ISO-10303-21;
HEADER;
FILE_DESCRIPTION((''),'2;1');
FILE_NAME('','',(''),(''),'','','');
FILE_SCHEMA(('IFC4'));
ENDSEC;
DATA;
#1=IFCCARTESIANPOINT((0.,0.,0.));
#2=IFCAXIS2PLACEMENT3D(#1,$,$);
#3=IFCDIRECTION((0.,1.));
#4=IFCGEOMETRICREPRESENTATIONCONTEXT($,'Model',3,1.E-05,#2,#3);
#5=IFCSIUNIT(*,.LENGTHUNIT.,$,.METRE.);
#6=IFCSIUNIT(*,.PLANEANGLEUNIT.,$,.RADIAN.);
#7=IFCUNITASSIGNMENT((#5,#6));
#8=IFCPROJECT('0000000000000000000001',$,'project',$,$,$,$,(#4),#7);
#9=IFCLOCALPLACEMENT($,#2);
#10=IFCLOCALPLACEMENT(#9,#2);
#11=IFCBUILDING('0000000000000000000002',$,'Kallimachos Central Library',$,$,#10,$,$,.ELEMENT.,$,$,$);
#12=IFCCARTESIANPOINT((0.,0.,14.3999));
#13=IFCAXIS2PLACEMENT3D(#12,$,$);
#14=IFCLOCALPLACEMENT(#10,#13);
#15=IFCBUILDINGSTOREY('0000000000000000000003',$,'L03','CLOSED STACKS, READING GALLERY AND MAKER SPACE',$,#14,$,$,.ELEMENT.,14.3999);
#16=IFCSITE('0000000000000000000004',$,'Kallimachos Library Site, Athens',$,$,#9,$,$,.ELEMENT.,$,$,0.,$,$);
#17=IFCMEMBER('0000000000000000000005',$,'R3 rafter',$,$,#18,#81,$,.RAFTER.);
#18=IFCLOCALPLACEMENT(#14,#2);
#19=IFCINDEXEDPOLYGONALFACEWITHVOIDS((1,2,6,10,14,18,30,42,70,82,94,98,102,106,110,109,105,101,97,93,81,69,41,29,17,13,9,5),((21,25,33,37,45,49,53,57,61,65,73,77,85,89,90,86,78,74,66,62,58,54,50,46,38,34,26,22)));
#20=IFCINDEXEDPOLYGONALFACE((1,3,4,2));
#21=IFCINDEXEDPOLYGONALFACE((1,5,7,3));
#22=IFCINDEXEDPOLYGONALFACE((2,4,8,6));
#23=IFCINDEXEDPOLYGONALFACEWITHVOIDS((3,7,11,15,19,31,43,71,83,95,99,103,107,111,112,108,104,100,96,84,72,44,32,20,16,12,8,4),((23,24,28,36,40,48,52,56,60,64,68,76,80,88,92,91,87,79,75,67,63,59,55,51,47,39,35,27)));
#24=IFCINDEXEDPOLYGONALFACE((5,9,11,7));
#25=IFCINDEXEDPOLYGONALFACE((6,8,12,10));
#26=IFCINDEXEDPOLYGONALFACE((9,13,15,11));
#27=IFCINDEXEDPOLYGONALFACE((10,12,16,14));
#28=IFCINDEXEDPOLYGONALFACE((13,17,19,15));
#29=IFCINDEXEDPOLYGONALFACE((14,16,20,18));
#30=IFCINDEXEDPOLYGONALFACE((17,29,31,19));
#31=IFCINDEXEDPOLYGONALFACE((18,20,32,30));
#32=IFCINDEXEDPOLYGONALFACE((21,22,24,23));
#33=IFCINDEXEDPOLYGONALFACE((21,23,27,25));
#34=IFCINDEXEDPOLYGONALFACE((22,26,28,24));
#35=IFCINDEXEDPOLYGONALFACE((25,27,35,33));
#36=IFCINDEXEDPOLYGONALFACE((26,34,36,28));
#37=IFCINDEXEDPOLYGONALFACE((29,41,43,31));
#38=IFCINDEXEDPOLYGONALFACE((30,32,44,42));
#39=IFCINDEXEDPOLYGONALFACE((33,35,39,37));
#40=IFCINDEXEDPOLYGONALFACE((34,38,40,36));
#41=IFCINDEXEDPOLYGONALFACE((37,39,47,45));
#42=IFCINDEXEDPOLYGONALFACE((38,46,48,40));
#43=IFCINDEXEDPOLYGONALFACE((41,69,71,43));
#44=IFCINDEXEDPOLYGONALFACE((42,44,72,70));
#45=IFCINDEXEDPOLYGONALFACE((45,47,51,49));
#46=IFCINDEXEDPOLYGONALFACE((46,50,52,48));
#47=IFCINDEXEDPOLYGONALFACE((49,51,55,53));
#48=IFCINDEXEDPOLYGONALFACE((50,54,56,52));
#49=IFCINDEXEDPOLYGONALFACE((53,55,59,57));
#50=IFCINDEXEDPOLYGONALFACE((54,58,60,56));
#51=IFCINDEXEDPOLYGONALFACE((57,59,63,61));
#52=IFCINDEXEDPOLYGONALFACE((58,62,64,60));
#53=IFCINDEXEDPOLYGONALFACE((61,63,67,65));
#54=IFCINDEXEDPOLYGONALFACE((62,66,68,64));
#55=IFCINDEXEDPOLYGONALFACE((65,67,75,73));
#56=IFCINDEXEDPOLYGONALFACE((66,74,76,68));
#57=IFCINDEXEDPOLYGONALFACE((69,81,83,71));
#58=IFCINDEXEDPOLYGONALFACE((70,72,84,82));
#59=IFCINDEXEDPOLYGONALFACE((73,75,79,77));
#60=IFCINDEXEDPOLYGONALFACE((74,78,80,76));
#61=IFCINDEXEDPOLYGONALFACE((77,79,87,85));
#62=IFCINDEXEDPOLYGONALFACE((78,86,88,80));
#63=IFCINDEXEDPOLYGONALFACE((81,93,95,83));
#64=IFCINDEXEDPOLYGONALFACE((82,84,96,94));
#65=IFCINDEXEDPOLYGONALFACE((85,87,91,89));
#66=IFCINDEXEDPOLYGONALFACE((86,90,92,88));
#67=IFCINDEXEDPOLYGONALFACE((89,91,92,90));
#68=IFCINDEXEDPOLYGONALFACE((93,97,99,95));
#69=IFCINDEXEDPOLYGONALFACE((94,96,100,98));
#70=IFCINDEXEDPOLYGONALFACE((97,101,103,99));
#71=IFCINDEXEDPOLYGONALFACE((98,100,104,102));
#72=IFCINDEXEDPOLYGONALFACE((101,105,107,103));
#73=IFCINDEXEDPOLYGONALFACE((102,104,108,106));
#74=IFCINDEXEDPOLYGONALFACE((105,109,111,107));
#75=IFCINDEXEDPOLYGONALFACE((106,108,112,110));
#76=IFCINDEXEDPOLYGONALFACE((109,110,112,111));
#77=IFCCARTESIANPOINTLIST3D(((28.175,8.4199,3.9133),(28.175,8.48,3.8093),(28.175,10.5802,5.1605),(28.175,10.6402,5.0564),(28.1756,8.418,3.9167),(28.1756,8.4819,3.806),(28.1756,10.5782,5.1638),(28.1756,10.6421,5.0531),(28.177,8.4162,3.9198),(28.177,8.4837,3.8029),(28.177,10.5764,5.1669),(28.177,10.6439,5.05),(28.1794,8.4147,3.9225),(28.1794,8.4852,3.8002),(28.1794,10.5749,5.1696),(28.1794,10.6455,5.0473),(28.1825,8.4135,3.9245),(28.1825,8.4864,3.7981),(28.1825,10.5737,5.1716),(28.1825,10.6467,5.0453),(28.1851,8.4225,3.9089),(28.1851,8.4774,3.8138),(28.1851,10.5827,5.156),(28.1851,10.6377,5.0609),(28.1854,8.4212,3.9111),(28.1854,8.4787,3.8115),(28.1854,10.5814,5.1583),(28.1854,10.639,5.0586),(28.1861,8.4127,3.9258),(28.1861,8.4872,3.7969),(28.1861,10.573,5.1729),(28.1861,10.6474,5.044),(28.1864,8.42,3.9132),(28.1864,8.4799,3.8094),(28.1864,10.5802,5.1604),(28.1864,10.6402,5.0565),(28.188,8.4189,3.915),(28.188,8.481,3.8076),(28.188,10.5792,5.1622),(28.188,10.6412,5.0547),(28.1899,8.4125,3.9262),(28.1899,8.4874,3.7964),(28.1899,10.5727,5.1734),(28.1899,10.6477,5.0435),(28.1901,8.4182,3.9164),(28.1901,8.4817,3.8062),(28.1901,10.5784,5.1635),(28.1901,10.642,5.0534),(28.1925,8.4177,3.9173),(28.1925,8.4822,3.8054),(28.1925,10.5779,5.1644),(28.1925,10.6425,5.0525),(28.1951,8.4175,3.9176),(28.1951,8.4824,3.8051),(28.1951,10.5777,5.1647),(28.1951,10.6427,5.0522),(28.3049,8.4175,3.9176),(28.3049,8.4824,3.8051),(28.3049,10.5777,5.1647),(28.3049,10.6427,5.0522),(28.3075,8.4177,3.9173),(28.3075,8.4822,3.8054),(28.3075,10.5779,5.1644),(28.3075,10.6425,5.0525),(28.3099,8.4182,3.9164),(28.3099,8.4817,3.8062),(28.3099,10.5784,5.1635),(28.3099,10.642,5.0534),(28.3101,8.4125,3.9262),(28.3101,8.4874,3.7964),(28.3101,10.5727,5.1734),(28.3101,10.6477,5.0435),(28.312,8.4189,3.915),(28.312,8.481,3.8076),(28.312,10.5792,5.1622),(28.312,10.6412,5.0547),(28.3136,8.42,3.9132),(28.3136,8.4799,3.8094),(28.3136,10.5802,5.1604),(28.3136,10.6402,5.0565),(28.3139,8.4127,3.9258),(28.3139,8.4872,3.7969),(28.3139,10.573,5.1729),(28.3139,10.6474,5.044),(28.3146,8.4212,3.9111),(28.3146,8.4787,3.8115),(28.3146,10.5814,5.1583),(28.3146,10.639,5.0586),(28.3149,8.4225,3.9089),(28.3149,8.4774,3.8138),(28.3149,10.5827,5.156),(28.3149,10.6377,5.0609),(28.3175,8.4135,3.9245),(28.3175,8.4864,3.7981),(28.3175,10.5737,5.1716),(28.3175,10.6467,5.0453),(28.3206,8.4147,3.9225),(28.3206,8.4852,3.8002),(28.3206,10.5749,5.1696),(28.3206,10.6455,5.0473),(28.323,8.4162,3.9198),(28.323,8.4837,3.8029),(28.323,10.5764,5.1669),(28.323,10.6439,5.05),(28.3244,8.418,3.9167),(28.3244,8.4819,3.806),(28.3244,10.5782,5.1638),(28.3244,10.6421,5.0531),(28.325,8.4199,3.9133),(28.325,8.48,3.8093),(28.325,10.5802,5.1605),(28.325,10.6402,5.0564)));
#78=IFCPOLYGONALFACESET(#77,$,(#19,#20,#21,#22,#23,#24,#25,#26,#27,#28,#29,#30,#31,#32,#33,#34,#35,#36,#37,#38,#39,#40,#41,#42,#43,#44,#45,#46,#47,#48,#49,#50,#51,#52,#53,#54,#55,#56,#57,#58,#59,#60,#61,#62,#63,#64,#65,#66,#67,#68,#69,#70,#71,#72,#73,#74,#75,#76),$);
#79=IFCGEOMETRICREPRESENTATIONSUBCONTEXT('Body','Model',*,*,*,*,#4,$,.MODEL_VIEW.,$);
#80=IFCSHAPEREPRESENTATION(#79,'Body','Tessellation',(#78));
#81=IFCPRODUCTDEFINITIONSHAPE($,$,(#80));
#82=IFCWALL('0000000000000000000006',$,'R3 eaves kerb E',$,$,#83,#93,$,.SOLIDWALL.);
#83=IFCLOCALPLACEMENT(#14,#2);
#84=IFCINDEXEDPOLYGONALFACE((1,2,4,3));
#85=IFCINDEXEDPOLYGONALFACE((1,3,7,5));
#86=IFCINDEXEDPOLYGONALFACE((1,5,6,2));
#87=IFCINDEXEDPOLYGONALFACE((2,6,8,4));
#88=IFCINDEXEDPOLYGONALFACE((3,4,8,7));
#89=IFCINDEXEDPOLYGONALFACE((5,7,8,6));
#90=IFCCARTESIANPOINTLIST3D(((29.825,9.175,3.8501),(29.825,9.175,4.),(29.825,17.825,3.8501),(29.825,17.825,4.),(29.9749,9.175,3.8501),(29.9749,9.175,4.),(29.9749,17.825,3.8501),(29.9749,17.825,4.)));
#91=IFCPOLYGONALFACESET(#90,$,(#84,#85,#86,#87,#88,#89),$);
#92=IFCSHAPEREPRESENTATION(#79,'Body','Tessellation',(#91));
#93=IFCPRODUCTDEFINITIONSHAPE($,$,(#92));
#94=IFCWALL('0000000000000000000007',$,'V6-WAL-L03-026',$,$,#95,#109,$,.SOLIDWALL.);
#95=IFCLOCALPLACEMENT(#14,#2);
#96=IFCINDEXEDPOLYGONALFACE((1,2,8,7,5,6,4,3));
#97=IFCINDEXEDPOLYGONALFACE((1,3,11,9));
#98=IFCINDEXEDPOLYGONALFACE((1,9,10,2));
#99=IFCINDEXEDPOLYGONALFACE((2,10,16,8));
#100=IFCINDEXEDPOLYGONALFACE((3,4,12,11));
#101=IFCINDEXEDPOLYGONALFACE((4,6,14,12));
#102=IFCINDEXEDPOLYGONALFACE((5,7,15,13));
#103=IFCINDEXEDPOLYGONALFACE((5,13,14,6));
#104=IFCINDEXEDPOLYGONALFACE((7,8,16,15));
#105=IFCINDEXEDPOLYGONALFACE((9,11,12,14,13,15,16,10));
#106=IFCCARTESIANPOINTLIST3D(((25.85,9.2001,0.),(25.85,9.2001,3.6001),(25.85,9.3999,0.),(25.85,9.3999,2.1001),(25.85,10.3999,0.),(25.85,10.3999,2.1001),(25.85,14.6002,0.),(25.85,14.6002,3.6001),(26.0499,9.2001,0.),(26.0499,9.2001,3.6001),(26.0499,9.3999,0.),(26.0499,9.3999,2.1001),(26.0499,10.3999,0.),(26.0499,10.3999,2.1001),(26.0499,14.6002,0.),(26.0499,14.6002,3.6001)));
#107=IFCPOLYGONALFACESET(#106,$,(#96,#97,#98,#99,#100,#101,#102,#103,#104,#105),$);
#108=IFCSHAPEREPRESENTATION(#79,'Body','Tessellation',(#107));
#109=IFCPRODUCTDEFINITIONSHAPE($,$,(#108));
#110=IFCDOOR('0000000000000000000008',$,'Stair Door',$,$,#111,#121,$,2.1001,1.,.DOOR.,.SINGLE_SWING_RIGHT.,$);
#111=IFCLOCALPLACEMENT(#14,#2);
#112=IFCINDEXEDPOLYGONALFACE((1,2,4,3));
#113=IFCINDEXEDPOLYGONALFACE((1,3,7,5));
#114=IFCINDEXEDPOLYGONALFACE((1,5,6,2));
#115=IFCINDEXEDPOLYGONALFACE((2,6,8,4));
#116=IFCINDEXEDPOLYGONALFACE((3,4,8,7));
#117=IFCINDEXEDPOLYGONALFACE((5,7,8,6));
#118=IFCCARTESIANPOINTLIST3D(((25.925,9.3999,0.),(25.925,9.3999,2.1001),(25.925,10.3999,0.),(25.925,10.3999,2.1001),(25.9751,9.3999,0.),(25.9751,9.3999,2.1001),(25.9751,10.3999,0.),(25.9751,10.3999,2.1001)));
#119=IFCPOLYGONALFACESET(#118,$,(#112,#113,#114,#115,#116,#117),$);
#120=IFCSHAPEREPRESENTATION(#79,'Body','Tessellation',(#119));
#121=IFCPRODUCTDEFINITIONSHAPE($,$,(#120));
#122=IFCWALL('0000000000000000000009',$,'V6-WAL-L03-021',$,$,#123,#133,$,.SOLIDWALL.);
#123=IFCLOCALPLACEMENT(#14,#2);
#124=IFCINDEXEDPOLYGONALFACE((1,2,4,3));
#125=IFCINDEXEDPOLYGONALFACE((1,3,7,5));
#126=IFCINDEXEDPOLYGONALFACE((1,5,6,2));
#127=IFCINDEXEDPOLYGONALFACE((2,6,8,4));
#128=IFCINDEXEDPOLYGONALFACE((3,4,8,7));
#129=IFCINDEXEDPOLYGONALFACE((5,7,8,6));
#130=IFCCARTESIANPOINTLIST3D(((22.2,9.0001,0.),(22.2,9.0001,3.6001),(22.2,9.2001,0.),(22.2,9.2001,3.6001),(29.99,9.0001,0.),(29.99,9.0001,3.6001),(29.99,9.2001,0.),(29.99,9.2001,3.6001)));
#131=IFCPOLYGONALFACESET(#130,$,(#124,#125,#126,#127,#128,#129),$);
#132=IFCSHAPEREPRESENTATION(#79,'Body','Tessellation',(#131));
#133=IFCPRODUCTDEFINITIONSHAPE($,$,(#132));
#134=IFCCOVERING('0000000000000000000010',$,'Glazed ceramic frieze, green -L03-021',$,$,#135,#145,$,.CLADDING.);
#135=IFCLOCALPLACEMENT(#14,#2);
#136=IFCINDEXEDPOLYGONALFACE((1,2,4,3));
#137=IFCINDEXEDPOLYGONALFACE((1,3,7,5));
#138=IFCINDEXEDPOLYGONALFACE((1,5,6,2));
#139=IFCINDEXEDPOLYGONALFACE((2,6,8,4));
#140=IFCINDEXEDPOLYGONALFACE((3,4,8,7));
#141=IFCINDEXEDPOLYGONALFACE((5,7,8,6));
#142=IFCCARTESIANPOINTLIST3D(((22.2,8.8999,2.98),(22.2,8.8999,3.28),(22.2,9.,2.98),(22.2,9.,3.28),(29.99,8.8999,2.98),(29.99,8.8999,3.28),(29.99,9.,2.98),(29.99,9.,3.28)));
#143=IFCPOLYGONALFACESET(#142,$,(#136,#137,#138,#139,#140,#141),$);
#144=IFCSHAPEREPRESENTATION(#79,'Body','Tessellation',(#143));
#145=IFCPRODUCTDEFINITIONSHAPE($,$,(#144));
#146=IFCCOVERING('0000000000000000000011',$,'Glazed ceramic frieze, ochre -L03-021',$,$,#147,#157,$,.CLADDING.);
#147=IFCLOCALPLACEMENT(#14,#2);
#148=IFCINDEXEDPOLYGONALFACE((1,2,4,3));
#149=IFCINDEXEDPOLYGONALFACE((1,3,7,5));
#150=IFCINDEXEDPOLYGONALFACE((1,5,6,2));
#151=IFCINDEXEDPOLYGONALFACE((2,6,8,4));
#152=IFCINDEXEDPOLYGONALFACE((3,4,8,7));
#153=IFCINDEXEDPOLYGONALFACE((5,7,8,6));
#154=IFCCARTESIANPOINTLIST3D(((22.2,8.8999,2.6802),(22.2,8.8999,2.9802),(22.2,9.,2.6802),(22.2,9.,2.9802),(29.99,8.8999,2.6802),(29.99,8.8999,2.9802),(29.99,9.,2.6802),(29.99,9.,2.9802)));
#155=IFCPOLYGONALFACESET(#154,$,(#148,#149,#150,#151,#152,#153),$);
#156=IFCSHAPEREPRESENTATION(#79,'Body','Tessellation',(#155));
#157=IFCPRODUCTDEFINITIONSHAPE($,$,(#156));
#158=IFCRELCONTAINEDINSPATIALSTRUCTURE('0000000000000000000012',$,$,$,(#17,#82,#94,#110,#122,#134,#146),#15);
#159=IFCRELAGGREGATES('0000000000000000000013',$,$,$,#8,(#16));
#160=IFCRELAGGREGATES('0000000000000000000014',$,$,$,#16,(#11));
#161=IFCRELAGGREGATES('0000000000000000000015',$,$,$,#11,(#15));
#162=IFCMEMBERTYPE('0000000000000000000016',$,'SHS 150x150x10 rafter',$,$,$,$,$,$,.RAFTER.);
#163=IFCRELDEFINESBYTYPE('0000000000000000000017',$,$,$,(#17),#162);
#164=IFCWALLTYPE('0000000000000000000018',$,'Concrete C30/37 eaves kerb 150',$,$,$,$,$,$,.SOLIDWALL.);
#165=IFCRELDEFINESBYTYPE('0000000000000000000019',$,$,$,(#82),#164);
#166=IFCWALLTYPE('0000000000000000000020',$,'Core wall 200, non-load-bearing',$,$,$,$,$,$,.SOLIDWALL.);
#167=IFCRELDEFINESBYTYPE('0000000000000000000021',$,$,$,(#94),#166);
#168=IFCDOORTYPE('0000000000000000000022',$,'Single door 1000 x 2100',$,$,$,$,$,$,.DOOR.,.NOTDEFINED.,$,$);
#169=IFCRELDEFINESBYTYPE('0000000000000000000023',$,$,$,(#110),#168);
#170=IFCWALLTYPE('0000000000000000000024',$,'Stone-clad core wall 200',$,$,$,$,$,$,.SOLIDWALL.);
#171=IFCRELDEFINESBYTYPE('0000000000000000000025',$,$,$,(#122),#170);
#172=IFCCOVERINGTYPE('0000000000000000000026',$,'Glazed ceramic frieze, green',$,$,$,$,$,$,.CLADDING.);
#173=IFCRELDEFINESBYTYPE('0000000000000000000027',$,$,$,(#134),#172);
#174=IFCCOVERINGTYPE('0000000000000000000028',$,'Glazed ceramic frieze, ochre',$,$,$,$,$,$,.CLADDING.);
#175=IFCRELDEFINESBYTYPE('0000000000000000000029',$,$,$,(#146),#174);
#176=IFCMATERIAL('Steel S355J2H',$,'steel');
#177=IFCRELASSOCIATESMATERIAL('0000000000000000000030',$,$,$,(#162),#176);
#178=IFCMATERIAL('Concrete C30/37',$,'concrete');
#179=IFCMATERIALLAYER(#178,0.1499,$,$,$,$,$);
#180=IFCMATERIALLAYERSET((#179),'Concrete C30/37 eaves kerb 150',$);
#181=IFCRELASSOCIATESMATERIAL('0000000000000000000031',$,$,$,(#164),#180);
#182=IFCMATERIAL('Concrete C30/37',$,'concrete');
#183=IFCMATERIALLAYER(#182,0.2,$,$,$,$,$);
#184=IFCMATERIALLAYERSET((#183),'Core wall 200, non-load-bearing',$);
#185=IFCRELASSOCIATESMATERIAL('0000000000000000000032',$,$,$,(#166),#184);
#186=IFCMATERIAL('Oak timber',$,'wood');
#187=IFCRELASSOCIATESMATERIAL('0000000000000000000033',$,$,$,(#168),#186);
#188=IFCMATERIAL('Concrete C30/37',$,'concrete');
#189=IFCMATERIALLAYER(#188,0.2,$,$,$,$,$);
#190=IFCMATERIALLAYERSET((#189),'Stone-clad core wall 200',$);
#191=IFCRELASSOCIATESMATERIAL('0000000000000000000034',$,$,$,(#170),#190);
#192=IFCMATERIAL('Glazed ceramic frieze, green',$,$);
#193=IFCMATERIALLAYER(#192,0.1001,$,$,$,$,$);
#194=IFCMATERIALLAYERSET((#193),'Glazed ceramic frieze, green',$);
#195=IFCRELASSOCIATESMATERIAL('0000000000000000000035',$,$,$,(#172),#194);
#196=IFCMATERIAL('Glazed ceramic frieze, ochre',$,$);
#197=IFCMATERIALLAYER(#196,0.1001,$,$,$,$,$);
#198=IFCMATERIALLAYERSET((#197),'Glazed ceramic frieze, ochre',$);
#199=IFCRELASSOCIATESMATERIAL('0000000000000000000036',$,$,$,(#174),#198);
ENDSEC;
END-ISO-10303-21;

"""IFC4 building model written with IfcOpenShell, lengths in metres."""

from ifc_helpers import new_model, si_unit, direction, frame, frame_2d, origin, origin_2d, place, context, subcontext, project, spatial, rectangle, hollow_rectangle, extrude, material, layer, layer_set, material_profile, profile_set, type_object, element, fill, save


model = new_model("IFC4")

# Units and contexts
model_context = context("Model", 3, precision=1e-05, world=origin(), true_north=direction((0.0, 1.0)))
body_context = subcontext(model_context, "Body", "Model", "MODEL_VIEW")
ifc_project = project(units=[si_unit("LENGTHUNIT", "METRE"), si_unit("PLANEANGLEUNIT", "RADIAN")], contexts=[model_context])

# Site, building, storey
site_placement = place(None, origin())
site = spatial("IfcSite", under=ifc_project, at=site_placement, Name="Kallimachos Library Site, Athens", CompositionType="ELEMENT", RefElevation=0.0)
building_placement = place(site_placement, origin())
building = spatial("IfcBuilding", under=site, at=building_placement, Name="Kallimachos Central Library", CompositionType="ELEMENT")
storey_placement = place(building_placement, frame((0.0, 0.0, 14.3999)))
storey = spatial("IfcBuildingStorey", under=building, at=storey_placement, Name="L03", Description="CLOSED STACKS, READING GALLERY AND MAKER SPACE", CompositionType="ELEMENT", Elevation=14.3999)

# Member
ifc_material_1 = material(Name="Steel S355J2H", Category="steel")
ifc_material_profile_1 = material_profile(ifc_material_1, hollow_rectangle(XDim=0.1499, YDim=0.1499, WallThickness=0.01, InnerFilletRadius=0.01, OuterFilletRadius=0.0149, at=origin_2d()), Name="SHS 150x150x10")
ifc_profile_set_1 = profile_set([ifc_material_profile_1], Name="Steel S355J2H")
member_type_1 = type_object("IfcMemberType", Name="SHS 150x150x10 rafter", PredefinedType="RAFTER", material=ifc_profile_set_1)
member_1_placement = place(storey_placement, frame((28.25, 8.45, 3.8613), z_axis=(0.0, 0.866042, 0.499971), x_axis=(-1.0, 0.0, 0.0)))
element("IfcMember", 1, at=member_1_placement, inside=storey, type_object=member_type_1, Name="R3 rafter", PredefinedType="RAFTER", context=body_context, shape_type="SweptSolid", body=[
    extrude(hollow_rectangle(XDim=0.1499, YDim=0.1499, WallThickness=0.01, InnerFilletRadius=0.01, OuterFilletRadius=0.0149, at=origin_2d()), origin(), (0.0, 0.0, 1.0), 2.4944),
])

# Wall
ifc_material_2 = material(Name="Concrete C30/37", Category="concrete")
ifc_layer_1 = layer(ifc_material_2, 0.1499)
ifc_layer_set_1 = layer_set([ifc_layer_1], Name="Concrete C30/37 eaves kerb 150")
wall_type_1 = type_object("IfcWallType", Name="Concrete C30/37 eaves kerb 150", PredefinedType="SOLIDWALL", material=ifc_layer_set_1)
wall_1_placement = place(storey_placement, frame((29.8999, 9.175, 3.8501), z_axis=(0.0, 0.0, 1.0), x_axis=(0.0, 1.0, 0.0)))
element("IfcWall", 2, at=wall_1_placement, inside=storey, type_object=wall_type_1, Name="R3 eaves kerb E", PredefinedType="SOLIDWALL", context=body_context, shape_type="SweptSolid", body=[
    extrude(rectangle(XDim=8.6499, YDim=0.1499, at=frame_2d((4.325, 0.0))), origin(), (0.0, 0.0, 1.0), 0.1499),
])

# Wall, opening, door
ifc_material_3 = material(Name="Concrete C30/37", Category="concrete")
ifc_layer_2 = layer(ifc_material_3, 0.2)
ifc_layer_set_2 = layer_set([ifc_layer_2], Name="Core wall 200, non-load-bearing")
wall_type_2 = type_object("IfcWallType", Name="Core wall 200, non-load-bearing", PredefinedType="SOLIDWALL", material=ifc_layer_set_2)
wall_2_placement = place(storey_placement, frame((25.95, 9.2, 0.0), z_axis=(0.0, 0.0, 1.0), x_axis=(0.0, 1.0, 0.0)))
wall_2 = element("IfcWall", 3, at=wall_2_placement, inside=storey, type_object=wall_type_2, Name="V6-WAL-L03-026", PredefinedType="SOLIDWALL", context=body_context, shape_type="SweptSolid", body=[
    extrude(rectangle(XDim=5.4001, YDim=0.2, at=frame_2d((2.7002, 0.0))), origin(), (0.0, 0.0, 1.0), 3.6001),
])
opening_placement = place(wall_2_placement, frame((0.2, 0.0, 0.0)))
opening = element("IfcOpeningElement", 4, at=opening_placement, cuts=wall_2, PredefinedType="OPENING", context=body_context, shape_type="SweptSolid", body=[
    extrude(rectangle(XDim=1.0, YDim=2.1001, at=frame_2d((0.5, 1.05))), frame((0.0, 0.1099, 0.0), z_axis=(0.0, -1.0, 0.0), x_axis=(1.0, 0.0, 0.0)), (0.0, 0.0, 1.0), 0.22),
])
ifc_material_4 = material(Name="Oak timber", Category="wood")
door_type = type_object("IfcDoorType", Name="Single door 1000 x 2100", OperationType="NOTDEFINED", PredefinedType="DOOR", material=ifc_material_4)
door_placement = place(opening_placement, origin())
door = element("IfcDoor", 5, at=door_placement, inside=storey, type_object=door_type, Name="Stair Door", OperationType="SINGLE_SWING_RIGHT", OverallHeight=2.1001, OverallWidth=1.0, PredefinedType="DOOR", context=body_context, shape_type="SweptSolid", body=[
    extrude(rectangle(XDim=1.0, YDim=2.1001, at=frame_2d((0.5, 1.05))), frame((0.0, 0.0249, 0.0), z_axis=(0.0, -1.0, 0.0), x_axis=(1.0, 0.0, 0.0)), (0.0, 0.0, 1.0), 0.05),
])
fill(opening, door)

# Wall
ifc_material_5 = material(Name="Concrete C30/37", Category="concrete")
ifc_layer_3 = layer(ifc_material_5, 0.2)
ifc_layer_set_3 = layer_set([ifc_layer_3], Name="Stone-clad core wall 200")
wall_type_3 = type_object("IfcWallType", Name="Stone-clad core wall 200", PredefinedType="SOLIDWALL", material=ifc_layer_set_3)
wall_3_placement = place(storey_placement, frame((22.2, 9.1001, 0.0), z_axis=(0.0, 0.0, 1.0), x_axis=(1.0, 0.0, 0.0)))
element("IfcWall", 6, at=wall_3_placement, inside=storey, type_object=wall_type_3, Name="V6-WAL-L03-021", PredefinedType="SOLIDWALL", context=body_context, shape_type="SweptSolid", body=[
    extrude(rectangle(XDim=7.79, YDim=0.2, at=frame_2d((3.895, 0.0))), origin(), (0.0, 0.0, 1.0), 3.6001),
])

# Coverings
ifc_material_6 = material(Name="Glazed ceramic frieze, green")
ifc_layer_4 = layer(ifc_material_6, 0.1001)
ifc_layer_set_4 = layer_set([ifc_layer_4], Name="Glazed ceramic frieze, green")
covering_type_1 = type_object("IfcCoveringType", Name="Glazed ceramic frieze, green", PredefinedType="CLADDING", material=ifc_layer_set_4)
covering_1_placement = place(storey_placement, frame((26.095, 8.95, 2.98), z_axis=(0.0, 0.0, 1.0), x_axis=(1.0, 0.0, 0.0)))
element("IfcCovering", 7, at=covering_1_placement, inside=storey, type_object=covering_type_1, Name="Glazed ceramic frieze, green -L03-021", PredefinedType="CLADDING", context=body_context, shape_type="SweptSolid", body=[
    extrude(rectangle(XDim=7.79, YDim=0.1001, at=origin_2d()), origin(), (0.0, 0.0, 1.0), 0.3),
])
ifc_material_7 = material(Name="Glazed ceramic frieze, ochre")
ifc_layer_5 = layer(ifc_material_7, 0.1001)
ifc_layer_set_5 = layer_set([ifc_layer_5], Name="Glazed ceramic frieze, ochre")
covering_type_2 = type_object("IfcCoveringType", Name="Glazed ceramic frieze, ochre", PredefinedType="CLADDING", material=ifc_layer_set_5)
covering_2_placement = place(storey_placement, frame((26.095, 8.95, 2.6802), z_axis=(0.0, 0.0, 1.0), x_axis=(1.0, 0.0, 0.0)))
element("IfcCovering", 8, at=covering_2_placement, inside=storey, type_object=covering_type_2, Name="Glazed ceramic frieze, ochre -L03-021", PredefinedType="CLADDING", context=body_context, shape_type="SweptSolid", body=[
    extrude(rectangle(XDim=7.79, YDim=0.1001, at=origin_2d()), origin(), (0.0, 0.0, 1.0), 0.3),
])

save(model, "model.ifc")
